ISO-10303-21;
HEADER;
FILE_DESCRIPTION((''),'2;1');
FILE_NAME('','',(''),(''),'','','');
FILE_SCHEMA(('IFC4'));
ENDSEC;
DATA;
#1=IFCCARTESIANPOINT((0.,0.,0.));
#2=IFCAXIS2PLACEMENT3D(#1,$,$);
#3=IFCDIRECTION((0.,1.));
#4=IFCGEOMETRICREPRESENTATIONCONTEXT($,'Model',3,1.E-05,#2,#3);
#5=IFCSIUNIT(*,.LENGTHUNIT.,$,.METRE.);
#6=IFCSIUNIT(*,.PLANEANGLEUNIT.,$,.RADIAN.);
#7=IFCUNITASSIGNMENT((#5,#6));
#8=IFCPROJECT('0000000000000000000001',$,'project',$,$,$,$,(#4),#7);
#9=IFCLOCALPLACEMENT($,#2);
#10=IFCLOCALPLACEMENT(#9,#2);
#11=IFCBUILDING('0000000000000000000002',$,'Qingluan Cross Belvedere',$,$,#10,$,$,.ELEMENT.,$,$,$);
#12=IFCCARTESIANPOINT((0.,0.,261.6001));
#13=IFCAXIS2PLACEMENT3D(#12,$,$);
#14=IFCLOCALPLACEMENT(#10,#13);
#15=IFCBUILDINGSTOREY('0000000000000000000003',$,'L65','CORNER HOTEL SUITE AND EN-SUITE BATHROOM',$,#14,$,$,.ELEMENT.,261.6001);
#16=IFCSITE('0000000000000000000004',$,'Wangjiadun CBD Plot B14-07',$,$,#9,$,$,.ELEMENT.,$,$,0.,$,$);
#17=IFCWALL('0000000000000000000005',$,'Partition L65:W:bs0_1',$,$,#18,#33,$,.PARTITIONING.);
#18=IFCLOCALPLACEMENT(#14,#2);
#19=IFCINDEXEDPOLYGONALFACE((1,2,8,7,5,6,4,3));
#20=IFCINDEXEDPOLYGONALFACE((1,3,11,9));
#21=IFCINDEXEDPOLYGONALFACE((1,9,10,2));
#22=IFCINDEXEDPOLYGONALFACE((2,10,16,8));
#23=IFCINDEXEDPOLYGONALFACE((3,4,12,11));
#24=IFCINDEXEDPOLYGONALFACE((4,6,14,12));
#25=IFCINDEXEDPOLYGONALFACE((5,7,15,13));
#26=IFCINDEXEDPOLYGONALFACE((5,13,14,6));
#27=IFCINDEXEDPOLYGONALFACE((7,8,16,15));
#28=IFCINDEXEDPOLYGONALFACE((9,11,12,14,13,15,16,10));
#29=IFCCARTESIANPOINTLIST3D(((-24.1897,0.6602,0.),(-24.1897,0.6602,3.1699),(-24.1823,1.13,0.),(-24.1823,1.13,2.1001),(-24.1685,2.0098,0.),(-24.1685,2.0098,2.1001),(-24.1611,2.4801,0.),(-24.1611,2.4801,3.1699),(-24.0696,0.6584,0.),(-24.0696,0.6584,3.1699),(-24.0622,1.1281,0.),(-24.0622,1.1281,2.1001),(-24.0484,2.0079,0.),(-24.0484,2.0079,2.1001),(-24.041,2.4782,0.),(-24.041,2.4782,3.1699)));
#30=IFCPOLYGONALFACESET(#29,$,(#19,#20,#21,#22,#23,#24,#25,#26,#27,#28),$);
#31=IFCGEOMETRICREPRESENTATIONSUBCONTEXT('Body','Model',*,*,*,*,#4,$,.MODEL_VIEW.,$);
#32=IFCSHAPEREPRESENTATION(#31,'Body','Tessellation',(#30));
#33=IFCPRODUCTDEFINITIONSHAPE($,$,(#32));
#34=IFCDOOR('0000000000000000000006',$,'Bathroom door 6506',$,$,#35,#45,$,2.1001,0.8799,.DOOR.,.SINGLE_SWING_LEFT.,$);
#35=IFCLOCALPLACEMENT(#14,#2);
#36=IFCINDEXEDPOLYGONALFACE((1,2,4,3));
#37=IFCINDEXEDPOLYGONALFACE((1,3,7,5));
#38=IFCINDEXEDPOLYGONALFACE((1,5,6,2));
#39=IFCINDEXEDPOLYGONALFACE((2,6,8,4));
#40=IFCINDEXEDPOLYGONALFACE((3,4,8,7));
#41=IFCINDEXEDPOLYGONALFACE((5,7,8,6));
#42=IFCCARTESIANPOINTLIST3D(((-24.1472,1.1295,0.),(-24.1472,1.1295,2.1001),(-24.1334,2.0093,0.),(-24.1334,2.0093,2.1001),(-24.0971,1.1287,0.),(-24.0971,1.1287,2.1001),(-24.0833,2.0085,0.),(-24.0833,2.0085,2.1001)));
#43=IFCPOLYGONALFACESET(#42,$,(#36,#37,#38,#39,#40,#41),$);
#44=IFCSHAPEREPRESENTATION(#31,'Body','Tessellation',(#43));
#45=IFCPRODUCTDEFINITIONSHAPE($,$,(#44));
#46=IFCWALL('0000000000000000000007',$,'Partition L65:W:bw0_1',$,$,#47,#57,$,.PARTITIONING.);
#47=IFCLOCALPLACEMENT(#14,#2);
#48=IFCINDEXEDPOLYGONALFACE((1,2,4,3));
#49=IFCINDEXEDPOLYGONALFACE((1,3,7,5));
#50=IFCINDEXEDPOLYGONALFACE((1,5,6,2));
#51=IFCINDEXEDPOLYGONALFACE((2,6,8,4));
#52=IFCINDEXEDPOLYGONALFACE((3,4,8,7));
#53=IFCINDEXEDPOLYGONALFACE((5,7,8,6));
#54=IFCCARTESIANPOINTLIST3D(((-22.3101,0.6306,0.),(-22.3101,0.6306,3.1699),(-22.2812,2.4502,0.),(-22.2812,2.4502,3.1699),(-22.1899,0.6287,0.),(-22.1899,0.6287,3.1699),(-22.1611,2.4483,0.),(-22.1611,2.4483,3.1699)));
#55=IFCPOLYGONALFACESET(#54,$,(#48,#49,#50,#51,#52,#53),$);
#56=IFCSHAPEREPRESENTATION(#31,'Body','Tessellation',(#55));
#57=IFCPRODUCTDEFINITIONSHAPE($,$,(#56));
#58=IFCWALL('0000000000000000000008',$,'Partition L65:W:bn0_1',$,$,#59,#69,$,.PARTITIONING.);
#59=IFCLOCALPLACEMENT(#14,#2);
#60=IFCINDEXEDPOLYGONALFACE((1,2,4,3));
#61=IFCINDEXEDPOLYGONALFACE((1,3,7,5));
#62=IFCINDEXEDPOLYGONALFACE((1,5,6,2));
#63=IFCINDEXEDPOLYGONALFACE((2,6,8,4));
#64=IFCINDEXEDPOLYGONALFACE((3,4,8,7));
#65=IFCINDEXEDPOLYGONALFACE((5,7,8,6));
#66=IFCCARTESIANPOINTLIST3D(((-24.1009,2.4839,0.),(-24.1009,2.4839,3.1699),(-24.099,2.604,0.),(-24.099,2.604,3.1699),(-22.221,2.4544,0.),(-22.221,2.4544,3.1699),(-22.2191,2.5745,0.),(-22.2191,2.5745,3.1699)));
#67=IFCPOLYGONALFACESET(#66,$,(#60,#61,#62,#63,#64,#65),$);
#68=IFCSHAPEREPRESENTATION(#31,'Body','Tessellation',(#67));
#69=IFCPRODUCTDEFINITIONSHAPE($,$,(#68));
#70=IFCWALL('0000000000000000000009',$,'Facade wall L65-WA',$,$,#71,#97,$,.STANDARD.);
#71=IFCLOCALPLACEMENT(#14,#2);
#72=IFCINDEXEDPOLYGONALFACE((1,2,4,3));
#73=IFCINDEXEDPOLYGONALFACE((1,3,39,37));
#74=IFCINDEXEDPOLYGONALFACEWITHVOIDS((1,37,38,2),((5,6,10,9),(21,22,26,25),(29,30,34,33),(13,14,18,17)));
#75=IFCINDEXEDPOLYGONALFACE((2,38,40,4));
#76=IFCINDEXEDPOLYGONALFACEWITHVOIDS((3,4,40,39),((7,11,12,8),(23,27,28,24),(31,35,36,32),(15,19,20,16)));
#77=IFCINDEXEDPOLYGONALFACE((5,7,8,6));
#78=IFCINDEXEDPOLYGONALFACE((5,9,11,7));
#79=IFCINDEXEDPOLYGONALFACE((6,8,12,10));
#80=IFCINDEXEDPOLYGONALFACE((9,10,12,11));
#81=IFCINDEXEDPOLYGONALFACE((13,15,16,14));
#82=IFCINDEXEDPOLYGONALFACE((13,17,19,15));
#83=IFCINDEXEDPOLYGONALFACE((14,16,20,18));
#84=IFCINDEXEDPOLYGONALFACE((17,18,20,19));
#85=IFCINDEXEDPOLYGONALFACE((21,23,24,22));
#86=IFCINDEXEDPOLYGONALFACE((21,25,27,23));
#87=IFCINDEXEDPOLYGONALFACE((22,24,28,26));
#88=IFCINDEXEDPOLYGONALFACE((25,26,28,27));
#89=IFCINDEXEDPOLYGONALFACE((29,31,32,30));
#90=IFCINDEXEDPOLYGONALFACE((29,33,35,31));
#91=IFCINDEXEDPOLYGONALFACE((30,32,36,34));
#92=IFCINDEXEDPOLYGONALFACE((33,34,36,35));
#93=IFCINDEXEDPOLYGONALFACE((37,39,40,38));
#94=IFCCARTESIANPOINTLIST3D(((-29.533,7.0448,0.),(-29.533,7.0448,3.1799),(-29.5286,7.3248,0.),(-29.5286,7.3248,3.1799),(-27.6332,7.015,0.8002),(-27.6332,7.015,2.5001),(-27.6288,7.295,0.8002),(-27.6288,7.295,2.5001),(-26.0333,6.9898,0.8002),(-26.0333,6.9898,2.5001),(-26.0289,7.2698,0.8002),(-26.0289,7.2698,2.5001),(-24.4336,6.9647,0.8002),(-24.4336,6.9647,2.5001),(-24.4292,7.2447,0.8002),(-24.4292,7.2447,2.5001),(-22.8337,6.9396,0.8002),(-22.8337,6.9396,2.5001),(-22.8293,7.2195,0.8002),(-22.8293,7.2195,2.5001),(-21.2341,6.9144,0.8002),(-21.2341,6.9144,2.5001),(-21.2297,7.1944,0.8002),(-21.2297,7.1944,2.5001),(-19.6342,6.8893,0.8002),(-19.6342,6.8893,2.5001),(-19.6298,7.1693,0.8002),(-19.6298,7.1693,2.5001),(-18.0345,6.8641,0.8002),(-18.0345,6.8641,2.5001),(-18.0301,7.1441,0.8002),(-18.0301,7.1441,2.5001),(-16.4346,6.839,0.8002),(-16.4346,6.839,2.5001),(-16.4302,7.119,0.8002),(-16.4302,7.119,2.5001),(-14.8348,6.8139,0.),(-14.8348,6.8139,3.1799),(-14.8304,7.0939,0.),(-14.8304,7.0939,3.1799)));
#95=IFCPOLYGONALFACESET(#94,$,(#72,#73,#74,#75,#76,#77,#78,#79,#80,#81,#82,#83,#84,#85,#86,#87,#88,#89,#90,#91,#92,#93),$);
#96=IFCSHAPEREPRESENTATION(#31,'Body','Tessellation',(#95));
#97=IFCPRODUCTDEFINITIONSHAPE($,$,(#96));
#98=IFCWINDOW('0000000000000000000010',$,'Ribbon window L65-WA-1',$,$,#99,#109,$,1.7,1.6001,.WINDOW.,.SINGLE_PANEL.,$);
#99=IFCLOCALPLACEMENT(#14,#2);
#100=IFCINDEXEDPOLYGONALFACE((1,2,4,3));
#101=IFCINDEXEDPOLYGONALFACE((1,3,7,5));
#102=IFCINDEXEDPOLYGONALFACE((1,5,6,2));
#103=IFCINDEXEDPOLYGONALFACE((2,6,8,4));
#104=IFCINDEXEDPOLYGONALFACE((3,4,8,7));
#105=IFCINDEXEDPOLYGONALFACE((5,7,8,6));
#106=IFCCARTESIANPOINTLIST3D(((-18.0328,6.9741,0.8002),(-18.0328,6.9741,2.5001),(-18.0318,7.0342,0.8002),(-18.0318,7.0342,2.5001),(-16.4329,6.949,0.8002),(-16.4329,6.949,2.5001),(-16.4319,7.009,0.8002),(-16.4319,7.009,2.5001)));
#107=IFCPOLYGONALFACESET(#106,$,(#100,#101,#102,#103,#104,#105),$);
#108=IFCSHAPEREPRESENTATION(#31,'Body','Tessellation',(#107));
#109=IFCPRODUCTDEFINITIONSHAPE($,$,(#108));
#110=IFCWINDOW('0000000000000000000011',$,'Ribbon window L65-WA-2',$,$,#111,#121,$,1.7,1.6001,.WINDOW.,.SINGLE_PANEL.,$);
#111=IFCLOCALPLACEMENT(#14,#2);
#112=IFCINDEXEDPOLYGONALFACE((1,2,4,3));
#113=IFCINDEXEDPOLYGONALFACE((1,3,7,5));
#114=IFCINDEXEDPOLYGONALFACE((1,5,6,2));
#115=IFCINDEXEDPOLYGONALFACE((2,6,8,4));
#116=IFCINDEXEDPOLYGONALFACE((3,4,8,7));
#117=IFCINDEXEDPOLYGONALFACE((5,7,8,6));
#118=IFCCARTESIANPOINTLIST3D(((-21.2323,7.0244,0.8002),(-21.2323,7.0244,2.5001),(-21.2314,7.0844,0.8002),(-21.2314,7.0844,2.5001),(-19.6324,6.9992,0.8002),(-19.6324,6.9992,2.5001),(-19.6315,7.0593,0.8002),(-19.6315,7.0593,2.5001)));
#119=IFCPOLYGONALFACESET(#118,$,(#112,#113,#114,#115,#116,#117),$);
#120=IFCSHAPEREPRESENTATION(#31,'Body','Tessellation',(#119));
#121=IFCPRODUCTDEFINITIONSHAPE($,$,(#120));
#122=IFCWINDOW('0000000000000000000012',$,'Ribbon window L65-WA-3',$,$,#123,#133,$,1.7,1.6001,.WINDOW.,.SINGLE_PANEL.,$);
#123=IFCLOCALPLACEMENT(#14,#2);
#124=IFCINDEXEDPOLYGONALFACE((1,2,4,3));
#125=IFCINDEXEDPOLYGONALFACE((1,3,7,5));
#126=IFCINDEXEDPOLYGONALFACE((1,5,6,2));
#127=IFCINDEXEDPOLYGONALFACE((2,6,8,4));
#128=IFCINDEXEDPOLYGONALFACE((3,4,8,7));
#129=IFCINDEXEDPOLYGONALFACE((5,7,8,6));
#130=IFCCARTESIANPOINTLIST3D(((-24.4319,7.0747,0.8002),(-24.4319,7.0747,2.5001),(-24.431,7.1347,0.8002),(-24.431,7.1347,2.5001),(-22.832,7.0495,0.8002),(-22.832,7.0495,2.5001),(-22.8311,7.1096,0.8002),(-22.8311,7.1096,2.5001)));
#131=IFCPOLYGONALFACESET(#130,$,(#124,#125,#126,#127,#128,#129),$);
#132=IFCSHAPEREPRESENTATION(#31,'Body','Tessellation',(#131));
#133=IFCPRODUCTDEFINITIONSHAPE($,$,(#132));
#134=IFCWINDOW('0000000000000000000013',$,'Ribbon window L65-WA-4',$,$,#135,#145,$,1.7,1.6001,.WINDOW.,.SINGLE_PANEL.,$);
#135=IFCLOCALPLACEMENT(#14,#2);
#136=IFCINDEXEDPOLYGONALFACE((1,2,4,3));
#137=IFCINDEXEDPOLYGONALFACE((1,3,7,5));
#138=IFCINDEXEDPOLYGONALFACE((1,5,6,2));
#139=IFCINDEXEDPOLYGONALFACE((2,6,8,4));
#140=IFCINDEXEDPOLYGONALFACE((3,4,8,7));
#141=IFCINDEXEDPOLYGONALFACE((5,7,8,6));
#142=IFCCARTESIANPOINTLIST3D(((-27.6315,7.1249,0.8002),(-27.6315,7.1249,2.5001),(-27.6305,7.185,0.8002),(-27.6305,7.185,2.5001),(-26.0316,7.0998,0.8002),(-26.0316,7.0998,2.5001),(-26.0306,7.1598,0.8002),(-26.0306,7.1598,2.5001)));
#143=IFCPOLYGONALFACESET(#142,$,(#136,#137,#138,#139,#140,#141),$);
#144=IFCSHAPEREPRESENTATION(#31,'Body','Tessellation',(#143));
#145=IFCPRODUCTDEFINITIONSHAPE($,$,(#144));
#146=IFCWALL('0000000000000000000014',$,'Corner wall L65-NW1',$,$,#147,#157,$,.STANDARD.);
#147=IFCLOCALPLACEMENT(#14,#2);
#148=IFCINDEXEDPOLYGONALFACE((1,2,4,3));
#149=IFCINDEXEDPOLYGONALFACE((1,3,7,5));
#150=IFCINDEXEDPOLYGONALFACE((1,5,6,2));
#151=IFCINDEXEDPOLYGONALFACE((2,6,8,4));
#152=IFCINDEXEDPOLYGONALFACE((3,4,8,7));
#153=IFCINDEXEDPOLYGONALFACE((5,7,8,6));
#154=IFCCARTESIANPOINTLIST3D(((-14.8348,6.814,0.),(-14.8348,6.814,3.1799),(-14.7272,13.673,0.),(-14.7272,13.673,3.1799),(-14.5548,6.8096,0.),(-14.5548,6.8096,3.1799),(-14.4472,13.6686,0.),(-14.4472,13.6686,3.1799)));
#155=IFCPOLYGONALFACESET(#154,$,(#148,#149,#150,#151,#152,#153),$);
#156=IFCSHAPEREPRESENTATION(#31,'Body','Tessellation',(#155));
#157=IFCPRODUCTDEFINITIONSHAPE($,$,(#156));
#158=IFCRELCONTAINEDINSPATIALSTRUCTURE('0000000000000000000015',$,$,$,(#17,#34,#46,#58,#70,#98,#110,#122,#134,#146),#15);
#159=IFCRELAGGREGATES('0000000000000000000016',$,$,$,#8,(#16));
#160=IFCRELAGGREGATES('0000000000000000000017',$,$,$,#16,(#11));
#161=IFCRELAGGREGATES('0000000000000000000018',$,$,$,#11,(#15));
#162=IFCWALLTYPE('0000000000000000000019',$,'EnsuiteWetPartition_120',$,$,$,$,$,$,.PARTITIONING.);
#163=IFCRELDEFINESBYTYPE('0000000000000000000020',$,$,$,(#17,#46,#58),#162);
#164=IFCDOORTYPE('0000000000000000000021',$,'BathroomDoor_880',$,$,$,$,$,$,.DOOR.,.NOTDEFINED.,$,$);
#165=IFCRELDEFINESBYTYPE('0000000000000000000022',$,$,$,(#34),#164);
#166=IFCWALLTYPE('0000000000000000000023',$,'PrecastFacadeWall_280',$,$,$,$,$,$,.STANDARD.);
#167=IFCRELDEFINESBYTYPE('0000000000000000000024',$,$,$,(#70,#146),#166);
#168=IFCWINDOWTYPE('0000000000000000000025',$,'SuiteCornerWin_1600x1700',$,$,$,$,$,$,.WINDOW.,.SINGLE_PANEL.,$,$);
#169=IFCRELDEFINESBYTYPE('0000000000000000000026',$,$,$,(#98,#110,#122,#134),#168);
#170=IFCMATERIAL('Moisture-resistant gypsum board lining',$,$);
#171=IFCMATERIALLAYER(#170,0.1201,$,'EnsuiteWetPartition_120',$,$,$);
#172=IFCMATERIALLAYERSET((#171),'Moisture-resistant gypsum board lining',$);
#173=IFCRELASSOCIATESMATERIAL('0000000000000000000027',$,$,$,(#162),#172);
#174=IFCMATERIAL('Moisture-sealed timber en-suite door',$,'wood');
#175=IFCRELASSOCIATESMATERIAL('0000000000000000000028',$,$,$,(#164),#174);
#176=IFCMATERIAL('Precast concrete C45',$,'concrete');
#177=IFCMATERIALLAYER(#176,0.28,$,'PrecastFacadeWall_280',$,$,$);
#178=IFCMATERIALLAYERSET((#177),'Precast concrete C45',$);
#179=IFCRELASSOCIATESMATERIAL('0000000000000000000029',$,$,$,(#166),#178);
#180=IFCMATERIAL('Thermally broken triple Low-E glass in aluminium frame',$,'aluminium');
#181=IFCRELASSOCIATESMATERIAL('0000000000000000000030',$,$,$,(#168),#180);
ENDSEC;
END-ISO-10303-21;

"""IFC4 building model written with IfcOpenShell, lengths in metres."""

from ifc_helpers import new_model, si_unit, direction, frame, frame_2d, origin, place, context, subcontext, project, spatial, rectangle, extrude, material, layer, layer_set, type_object, element, fill, save


model = new_model("IFC4")

# Units and contexts
model_context = context("Model", 3, precision=1e-05, world=origin(), true_north=direction((0.0, 1.0)))
body_context = subcontext(model_context, "Body", "Model", "MODEL_VIEW")
ifc_project = project(units=[si_unit("LENGTHUNIT", "METRE"), si_unit("PLANEANGLEUNIT", "RADIAN")], contexts=[model_context])

# Site, building, storey
site_placement = place(None, origin())
site = spatial("IfcSite", under=ifc_project, at=site_placement, Name="Wangjiadun CBD Plot B14-07", CompositionType="ELEMENT", RefElevation=0.0)
building_placement = place(site_placement, origin())
building = spatial("IfcBuilding", under=site, at=building_placement, Name="Qingluan Cross Belvedere", CompositionType="ELEMENT")
storey_placement = place(building_placement, frame((0.0, 0.0, 261.6001)))
storey = spatial("IfcBuildingStorey", under=building, at=storey_placement, Name="L65", Description="CORNER HOTEL SUITE AND EN-SUITE BATHROOM", CompositionType="ELEMENT", Elevation=261.6001)

# Shared definitions
ifc_material_1 = material(Name="Moisture-resistant gypsum board lining")
ifc_layer_1 = layer(ifc_material_1, 0.1201, Name="EnsuiteWetPartition_120")
ifc_layer_set_1 = layer_set([ifc_layer_1], Name="Moisture-resistant gypsum board lining")
wall_type_1 = type_object("IfcWallType", Name="EnsuiteWetPartition_120", PredefinedType="PARTITIONING", material=ifc_layer_set_1)
ifc_material_2 = material(Name="Moisture-sealed timber en-suite door", Category="wood")
door_type_1 = type_object("IfcDoorType", Name="BathroomDoor_880", OperationType="NOTDEFINED", PredefinedType="DOOR", material=ifc_material_2)

# Wall, opening, door
wall_1_placement = place(storey_placement, frame((-24.1296, 0.6592, 0.0), z_axis=(0.0, 0.0, 1.0), x_axis=(0.015694, 0.999877, 0.0)))
wall_1 = element("IfcWall", 1, at=wall_1_placement, inside=storey, type_object=wall_type_1, Name="Partition L65:W:bs0_1", PredefinedType="PARTITIONING", context=body_context, shape_type="SweptSolid", body=[
    extrude(rectangle(XDim=1.8201, YDim=0.1201, at=frame_2d((0.9102, 0.0))), origin(), (0.0, 0.0, 1.0), 3.1699),
])
opening_1_placement = place(wall_1_placement, frame((0.47, 0.0, 0.0)))
opening_1 = element("IfcOpeningElement", 2, at=opening_1_placement, cuts=wall_1, PredefinedType="OPENING", context=body_context, shape_type="SweptSolid", body=[
    extrude(rectangle(XDim=0.8799, YDim=2.1001, at=frame_2d((0.4399, 1.05))), frame((0.0, 0.0701, 0.0), z_axis=(0.0, -1.0, 0.0), x_axis=(1.0, 0.0, 0.0)), (0.0, 0.0, 1.0), 0.1401),
])
door_1_placement = place(opening_1_placement, origin())
door_1 = element("IfcDoor", 3, at=door_1_placement, inside=storey, type_object=door_type_1, Name="Bathroom door 6506", OperationType="SINGLE_SWING_LEFT", OverallHeight=2.1001, OverallWidth=0.8799, PredefinedType="DOOR", context=body_context, shape_type="SweptSolid", body=[
    extrude(rectangle(XDim=0.8799, YDim=2.1001, at=frame_2d((0.4399, 1.05))), frame((0.0, 0.0249, 0.0), z_axis=(0.0, -1.0, 0.0), x_axis=(1.0, 0.0, 0.0)), (0.0, 0.0, 1.0), 0.05),
])
fill(opening_1, door_1)

# Walls
wall_2_placement = place(storey_placement, frame((-22.25, 0.6296, 0.0), z_axis=(0.0, 0.0, 1.0), x_axis=(0.015831, 0.999875, 0.0)))
element("IfcWall", 4, at=wall_2_placement, inside=storey, type_object=wall_type_1, Name="Partition L65:W:bw0_1", PredefinedType="PARTITIONING", context=body_context, shape_type="SweptSolid", body=[
    extrude(rectangle(XDim=1.8198, YDim=0.1201, at=frame_2d((0.9099, 0.0))), origin(), (0.0, 0.0, 1.0), 3.1699),
])
wall_3_placement = place(storey_placement, frame((-22.2202, 2.5144, 0.0), z_axis=(0.0, 0.0, 1.0), x_axis=(-0.999877, 0.015712, 0.0)))
element("IfcWall", 5, at=wall_3_placement, inside=storey, type_object=wall_type_1, Name="Partition L65:W:bn0_1", PredefinedType="PARTITIONING", context=body_context, shape_type="SweptSolid", body=[
    extrude(rectangle(XDim=1.8801, YDim=0.1201, at=frame_2d((0.9399, 0.0))), origin(), (0.0, 0.0, 1.0), 3.1699),
])

# Wall, openings, windows
ifc_material_3 = material(Name="Precast concrete C45", Category="concrete")
ifc_layer_2 = layer(ifc_material_3, 0.28, Name="PrecastFacadeWall_280")
ifc_layer_set_2 = layer_set([ifc_layer_2], Name="Precast concrete C45")
wall_type_2 = type_object("IfcWallType", Name="PrecastFacadeWall_280", PredefinedType="STANDARD", material=ifc_layer_set_2)
wall_4_placement = place(storey_placement, frame((-14.8325, 6.9539, 0.0), z_axis=(0.0, 0.0, 1.0), x_axis=(-0.999877, 0.015711, 0.0)))
wall_4 = element("IfcWall", 6, at=wall_4_placement, inside=storey, type_object=wall_type_2, Name="Facade wall L65-WA", PredefinedType="STANDARD", context=body_context, shape_type="SweptSolid", body=[
    extrude(rectangle(XDim=14.7, YDim=0.28, at=frame_2d((7.3501, 0.0))), origin(), (0.0, 0.0, 1.0), 3.1799),
])
opening_2_placement = place(wall_4_placement, frame((1.6001, 0.0, 0.8)))
opening_2 = element("IfcOpeningElement", 7, at=opening_2_placement, cuts=wall_4, PredefinedType="OPENING", context=body_context, shape_type="SweptSolid", body=[
    extrude(rectangle(XDim=1.6001, YDim=1.7, at=frame_2d((0.8, 0.8501))), frame((0.0, 0.1499, 0.0), z_axis=(0.0, -1.0, 0.0), x_axis=(1.0, 0.0, 0.0)), (0.0, 0.0, 1.0), 0.3),
])
opening_3_placement = place(wall_4_placement, frame((4.8, 0.0, 0.8)))
opening_3 = element("IfcOpeningElement", 8, at=opening_3_placement, cuts=wall_4, PredefinedType="OPENING", context=body_context, shape_type="SweptSolid", body=[
    extrude(rectangle(XDim=1.6001, YDim=1.7, at=frame_2d((0.8, 0.8501))), frame((0.0, 0.1499, 0.0), z_axis=(0.0, -1.0, 0.0), x_axis=(1.0, 0.0, 0.0)), (0.0, 0.0, 1.0), 0.3),
])
opening_4_placement = place(wall_4_placement, frame((8.0, 0.0, 0.8)))
opening_4 = element("IfcOpeningElement", 9, at=opening_4_placement, cuts=wall_4, PredefinedType="OPENING", context=body_context, shape_type="SweptSolid", body=[
    extrude(rectangle(XDim=1.6001, YDim=1.7, at=frame_2d((0.8, 0.8501))), frame((0.0, 0.1499, 0.0), z_axis=(0.0, -1.0, 0.0), x_axis=(1.0, 0.0, 0.0)), (0.0, 0.0, 1.0), 0.3),
])
opening_5_placement = place(wall_4_placement, frame((11.2, 0.0, 0.8)))
opening_5 = element("IfcOpeningElement", 10, at=opening_5_placement, cuts=wall_4, PredefinedType="OPENING", context=body_context, shape_type="SweptSolid", body=[
    extrude(rectangle(XDim=1.6001, YDim=1.7, at=frame_2d((0.8, 0.8501))), frame((0.0, 0.1499, 0.0), z_axis=(0.0, -1.0, 0.0), x_axis=(1.0, 0.0, 0.0)), (0.0, 0.0, 1.0), 0.3),
])
ifc_material_4 = material(Name="Thermally broken triple Low-E glass in aluminium frame", Category="aluminium")
window_type = type_object("IfcWindowType", Name="SuiteCornerWin_1600x1700", PartitioningType="SINGLE_PANEL", PredefinedType="WINDOW", material=ifc_material_4)
window_1_placement = place(opening_2_placement, origin())
window_1 = element("IfcWindow", 11, at=window_1_placement, inside=storey, type_object=window_type, Name="Ribbon window L65-WA-1", OverallHeight=1.7, OverallWidth=1.6001, PartitioningType="SINGLE_PANEL", PredefinedType="WINDOW", context=body_context, shape_type="SweptSolid", body=[
    extrude(rectangle(XDim=1.6001, YDim=1.7, at=frame_2d((0.8, 0.8501))), frame((0.0, 0.03, 0.0), z_axis=(0.0, -1.0, 0.0), x_axis=(1.0, 0.0, 0.0)), (0.0, 0.0, 1.0), 0.0601),
])
fill(opening_2, window_1)
window_2_placement = place(opening_3_placement, origin())
window_2 = element("IfcWindow", 12, at=window_2_placement, inside=storey, type_object=window_type, Name="Ribbon window L65-WA-2", OverallHeight=1.7, OverallWidth=1.6001, PartitioningType="SINGLE_PANEL", PredefinedType="WINDOW", context=body_context, shape_type="SweptSolid", body=[
    extrude(rectangle(XDim=1.6001, YDim=1.7, at=frame_2d((0.8, 0.8501))), frame((0.0, 0.03, 0.0), z_axis=(0.0, -1.0, 0.0), x_axis=(1.0, 0.0, 0.0)), (0.0, 0.0, 1.0), 0.0601),
])
fill(opening_3, window_2)
window_3_placement = place(opening_4_placement, origin())
window_3 = element("IfcWindow", 13, at=window_3_placement, inside=storey, type_object=window_type, Name="Ribbon window L65-WA-3", OverallHeight=1.7, OverallWidth=1.6001, PartitioningType="SINGLE_PANEL", PredefinedType="WINDOW", context=body_context, shape_type="SweptSolid", body=[
    extrude(rectangle(XDim=1.6001, YDim=1.7, at=frame_2d((0.8, 0.8501))), frame((0.0, 0.03, 0.0), z_axis=(0.0, -1.0, 0.0), x_axis=(1.0, 0.0, 0.0)), (0.0, 0.0, 1.0), 0.0601),
])
fill(opening_4, window_3)
window_4_placement = place(opening_5_placement, origin())
window_4 = element("IfcWindow", 14, at=window_4_placement, inside=storey, type_object=window_type, Name="Ribbon window L65-WA-4", OverallHeight=1.7, OverallWidth=1.6001, PartitioningType="SINGLE_PANEL", PredefinedType="WINDOW", context=body_context, shape_type="SweptSolid", body=[
    extrude(rectangle(XDim=1.6001, YDim=1.7, at=frame_2d((0.8, 0.8501))), frame((0.0, 0.03, 0.0), z_axis=(0.0, -1.0, 0.0), x_axis=(1.0, 0.0, 0.0)), (0.0, 0.0, 1.0), 0.0601),
])
fill(opening_5, window_4)

# Wall
wall_5_placement = place(storey_placement, frame((-14.6948, 6.8118, 0.0), z_axis=(0.0, 0.0, 1.0), x_axis=(0.015695, 0.999877, 0.0)))
element("IfcWall", 15, at=wall_5_placement, inside=storey, type_object=wall_type_2, Name="Corner wall L65-NW1", PredefinedType="STANDARD", context=body_context, shape_type="SweptSolid", body=[
    extrude(rectangle(XDim=6.8599, YDim=0.28, at=frame_2d((3.4299, 0.0))), origin(), (0.0, 0.0, 1.0), 3.1799),
])

save(model, "model.ifc")
